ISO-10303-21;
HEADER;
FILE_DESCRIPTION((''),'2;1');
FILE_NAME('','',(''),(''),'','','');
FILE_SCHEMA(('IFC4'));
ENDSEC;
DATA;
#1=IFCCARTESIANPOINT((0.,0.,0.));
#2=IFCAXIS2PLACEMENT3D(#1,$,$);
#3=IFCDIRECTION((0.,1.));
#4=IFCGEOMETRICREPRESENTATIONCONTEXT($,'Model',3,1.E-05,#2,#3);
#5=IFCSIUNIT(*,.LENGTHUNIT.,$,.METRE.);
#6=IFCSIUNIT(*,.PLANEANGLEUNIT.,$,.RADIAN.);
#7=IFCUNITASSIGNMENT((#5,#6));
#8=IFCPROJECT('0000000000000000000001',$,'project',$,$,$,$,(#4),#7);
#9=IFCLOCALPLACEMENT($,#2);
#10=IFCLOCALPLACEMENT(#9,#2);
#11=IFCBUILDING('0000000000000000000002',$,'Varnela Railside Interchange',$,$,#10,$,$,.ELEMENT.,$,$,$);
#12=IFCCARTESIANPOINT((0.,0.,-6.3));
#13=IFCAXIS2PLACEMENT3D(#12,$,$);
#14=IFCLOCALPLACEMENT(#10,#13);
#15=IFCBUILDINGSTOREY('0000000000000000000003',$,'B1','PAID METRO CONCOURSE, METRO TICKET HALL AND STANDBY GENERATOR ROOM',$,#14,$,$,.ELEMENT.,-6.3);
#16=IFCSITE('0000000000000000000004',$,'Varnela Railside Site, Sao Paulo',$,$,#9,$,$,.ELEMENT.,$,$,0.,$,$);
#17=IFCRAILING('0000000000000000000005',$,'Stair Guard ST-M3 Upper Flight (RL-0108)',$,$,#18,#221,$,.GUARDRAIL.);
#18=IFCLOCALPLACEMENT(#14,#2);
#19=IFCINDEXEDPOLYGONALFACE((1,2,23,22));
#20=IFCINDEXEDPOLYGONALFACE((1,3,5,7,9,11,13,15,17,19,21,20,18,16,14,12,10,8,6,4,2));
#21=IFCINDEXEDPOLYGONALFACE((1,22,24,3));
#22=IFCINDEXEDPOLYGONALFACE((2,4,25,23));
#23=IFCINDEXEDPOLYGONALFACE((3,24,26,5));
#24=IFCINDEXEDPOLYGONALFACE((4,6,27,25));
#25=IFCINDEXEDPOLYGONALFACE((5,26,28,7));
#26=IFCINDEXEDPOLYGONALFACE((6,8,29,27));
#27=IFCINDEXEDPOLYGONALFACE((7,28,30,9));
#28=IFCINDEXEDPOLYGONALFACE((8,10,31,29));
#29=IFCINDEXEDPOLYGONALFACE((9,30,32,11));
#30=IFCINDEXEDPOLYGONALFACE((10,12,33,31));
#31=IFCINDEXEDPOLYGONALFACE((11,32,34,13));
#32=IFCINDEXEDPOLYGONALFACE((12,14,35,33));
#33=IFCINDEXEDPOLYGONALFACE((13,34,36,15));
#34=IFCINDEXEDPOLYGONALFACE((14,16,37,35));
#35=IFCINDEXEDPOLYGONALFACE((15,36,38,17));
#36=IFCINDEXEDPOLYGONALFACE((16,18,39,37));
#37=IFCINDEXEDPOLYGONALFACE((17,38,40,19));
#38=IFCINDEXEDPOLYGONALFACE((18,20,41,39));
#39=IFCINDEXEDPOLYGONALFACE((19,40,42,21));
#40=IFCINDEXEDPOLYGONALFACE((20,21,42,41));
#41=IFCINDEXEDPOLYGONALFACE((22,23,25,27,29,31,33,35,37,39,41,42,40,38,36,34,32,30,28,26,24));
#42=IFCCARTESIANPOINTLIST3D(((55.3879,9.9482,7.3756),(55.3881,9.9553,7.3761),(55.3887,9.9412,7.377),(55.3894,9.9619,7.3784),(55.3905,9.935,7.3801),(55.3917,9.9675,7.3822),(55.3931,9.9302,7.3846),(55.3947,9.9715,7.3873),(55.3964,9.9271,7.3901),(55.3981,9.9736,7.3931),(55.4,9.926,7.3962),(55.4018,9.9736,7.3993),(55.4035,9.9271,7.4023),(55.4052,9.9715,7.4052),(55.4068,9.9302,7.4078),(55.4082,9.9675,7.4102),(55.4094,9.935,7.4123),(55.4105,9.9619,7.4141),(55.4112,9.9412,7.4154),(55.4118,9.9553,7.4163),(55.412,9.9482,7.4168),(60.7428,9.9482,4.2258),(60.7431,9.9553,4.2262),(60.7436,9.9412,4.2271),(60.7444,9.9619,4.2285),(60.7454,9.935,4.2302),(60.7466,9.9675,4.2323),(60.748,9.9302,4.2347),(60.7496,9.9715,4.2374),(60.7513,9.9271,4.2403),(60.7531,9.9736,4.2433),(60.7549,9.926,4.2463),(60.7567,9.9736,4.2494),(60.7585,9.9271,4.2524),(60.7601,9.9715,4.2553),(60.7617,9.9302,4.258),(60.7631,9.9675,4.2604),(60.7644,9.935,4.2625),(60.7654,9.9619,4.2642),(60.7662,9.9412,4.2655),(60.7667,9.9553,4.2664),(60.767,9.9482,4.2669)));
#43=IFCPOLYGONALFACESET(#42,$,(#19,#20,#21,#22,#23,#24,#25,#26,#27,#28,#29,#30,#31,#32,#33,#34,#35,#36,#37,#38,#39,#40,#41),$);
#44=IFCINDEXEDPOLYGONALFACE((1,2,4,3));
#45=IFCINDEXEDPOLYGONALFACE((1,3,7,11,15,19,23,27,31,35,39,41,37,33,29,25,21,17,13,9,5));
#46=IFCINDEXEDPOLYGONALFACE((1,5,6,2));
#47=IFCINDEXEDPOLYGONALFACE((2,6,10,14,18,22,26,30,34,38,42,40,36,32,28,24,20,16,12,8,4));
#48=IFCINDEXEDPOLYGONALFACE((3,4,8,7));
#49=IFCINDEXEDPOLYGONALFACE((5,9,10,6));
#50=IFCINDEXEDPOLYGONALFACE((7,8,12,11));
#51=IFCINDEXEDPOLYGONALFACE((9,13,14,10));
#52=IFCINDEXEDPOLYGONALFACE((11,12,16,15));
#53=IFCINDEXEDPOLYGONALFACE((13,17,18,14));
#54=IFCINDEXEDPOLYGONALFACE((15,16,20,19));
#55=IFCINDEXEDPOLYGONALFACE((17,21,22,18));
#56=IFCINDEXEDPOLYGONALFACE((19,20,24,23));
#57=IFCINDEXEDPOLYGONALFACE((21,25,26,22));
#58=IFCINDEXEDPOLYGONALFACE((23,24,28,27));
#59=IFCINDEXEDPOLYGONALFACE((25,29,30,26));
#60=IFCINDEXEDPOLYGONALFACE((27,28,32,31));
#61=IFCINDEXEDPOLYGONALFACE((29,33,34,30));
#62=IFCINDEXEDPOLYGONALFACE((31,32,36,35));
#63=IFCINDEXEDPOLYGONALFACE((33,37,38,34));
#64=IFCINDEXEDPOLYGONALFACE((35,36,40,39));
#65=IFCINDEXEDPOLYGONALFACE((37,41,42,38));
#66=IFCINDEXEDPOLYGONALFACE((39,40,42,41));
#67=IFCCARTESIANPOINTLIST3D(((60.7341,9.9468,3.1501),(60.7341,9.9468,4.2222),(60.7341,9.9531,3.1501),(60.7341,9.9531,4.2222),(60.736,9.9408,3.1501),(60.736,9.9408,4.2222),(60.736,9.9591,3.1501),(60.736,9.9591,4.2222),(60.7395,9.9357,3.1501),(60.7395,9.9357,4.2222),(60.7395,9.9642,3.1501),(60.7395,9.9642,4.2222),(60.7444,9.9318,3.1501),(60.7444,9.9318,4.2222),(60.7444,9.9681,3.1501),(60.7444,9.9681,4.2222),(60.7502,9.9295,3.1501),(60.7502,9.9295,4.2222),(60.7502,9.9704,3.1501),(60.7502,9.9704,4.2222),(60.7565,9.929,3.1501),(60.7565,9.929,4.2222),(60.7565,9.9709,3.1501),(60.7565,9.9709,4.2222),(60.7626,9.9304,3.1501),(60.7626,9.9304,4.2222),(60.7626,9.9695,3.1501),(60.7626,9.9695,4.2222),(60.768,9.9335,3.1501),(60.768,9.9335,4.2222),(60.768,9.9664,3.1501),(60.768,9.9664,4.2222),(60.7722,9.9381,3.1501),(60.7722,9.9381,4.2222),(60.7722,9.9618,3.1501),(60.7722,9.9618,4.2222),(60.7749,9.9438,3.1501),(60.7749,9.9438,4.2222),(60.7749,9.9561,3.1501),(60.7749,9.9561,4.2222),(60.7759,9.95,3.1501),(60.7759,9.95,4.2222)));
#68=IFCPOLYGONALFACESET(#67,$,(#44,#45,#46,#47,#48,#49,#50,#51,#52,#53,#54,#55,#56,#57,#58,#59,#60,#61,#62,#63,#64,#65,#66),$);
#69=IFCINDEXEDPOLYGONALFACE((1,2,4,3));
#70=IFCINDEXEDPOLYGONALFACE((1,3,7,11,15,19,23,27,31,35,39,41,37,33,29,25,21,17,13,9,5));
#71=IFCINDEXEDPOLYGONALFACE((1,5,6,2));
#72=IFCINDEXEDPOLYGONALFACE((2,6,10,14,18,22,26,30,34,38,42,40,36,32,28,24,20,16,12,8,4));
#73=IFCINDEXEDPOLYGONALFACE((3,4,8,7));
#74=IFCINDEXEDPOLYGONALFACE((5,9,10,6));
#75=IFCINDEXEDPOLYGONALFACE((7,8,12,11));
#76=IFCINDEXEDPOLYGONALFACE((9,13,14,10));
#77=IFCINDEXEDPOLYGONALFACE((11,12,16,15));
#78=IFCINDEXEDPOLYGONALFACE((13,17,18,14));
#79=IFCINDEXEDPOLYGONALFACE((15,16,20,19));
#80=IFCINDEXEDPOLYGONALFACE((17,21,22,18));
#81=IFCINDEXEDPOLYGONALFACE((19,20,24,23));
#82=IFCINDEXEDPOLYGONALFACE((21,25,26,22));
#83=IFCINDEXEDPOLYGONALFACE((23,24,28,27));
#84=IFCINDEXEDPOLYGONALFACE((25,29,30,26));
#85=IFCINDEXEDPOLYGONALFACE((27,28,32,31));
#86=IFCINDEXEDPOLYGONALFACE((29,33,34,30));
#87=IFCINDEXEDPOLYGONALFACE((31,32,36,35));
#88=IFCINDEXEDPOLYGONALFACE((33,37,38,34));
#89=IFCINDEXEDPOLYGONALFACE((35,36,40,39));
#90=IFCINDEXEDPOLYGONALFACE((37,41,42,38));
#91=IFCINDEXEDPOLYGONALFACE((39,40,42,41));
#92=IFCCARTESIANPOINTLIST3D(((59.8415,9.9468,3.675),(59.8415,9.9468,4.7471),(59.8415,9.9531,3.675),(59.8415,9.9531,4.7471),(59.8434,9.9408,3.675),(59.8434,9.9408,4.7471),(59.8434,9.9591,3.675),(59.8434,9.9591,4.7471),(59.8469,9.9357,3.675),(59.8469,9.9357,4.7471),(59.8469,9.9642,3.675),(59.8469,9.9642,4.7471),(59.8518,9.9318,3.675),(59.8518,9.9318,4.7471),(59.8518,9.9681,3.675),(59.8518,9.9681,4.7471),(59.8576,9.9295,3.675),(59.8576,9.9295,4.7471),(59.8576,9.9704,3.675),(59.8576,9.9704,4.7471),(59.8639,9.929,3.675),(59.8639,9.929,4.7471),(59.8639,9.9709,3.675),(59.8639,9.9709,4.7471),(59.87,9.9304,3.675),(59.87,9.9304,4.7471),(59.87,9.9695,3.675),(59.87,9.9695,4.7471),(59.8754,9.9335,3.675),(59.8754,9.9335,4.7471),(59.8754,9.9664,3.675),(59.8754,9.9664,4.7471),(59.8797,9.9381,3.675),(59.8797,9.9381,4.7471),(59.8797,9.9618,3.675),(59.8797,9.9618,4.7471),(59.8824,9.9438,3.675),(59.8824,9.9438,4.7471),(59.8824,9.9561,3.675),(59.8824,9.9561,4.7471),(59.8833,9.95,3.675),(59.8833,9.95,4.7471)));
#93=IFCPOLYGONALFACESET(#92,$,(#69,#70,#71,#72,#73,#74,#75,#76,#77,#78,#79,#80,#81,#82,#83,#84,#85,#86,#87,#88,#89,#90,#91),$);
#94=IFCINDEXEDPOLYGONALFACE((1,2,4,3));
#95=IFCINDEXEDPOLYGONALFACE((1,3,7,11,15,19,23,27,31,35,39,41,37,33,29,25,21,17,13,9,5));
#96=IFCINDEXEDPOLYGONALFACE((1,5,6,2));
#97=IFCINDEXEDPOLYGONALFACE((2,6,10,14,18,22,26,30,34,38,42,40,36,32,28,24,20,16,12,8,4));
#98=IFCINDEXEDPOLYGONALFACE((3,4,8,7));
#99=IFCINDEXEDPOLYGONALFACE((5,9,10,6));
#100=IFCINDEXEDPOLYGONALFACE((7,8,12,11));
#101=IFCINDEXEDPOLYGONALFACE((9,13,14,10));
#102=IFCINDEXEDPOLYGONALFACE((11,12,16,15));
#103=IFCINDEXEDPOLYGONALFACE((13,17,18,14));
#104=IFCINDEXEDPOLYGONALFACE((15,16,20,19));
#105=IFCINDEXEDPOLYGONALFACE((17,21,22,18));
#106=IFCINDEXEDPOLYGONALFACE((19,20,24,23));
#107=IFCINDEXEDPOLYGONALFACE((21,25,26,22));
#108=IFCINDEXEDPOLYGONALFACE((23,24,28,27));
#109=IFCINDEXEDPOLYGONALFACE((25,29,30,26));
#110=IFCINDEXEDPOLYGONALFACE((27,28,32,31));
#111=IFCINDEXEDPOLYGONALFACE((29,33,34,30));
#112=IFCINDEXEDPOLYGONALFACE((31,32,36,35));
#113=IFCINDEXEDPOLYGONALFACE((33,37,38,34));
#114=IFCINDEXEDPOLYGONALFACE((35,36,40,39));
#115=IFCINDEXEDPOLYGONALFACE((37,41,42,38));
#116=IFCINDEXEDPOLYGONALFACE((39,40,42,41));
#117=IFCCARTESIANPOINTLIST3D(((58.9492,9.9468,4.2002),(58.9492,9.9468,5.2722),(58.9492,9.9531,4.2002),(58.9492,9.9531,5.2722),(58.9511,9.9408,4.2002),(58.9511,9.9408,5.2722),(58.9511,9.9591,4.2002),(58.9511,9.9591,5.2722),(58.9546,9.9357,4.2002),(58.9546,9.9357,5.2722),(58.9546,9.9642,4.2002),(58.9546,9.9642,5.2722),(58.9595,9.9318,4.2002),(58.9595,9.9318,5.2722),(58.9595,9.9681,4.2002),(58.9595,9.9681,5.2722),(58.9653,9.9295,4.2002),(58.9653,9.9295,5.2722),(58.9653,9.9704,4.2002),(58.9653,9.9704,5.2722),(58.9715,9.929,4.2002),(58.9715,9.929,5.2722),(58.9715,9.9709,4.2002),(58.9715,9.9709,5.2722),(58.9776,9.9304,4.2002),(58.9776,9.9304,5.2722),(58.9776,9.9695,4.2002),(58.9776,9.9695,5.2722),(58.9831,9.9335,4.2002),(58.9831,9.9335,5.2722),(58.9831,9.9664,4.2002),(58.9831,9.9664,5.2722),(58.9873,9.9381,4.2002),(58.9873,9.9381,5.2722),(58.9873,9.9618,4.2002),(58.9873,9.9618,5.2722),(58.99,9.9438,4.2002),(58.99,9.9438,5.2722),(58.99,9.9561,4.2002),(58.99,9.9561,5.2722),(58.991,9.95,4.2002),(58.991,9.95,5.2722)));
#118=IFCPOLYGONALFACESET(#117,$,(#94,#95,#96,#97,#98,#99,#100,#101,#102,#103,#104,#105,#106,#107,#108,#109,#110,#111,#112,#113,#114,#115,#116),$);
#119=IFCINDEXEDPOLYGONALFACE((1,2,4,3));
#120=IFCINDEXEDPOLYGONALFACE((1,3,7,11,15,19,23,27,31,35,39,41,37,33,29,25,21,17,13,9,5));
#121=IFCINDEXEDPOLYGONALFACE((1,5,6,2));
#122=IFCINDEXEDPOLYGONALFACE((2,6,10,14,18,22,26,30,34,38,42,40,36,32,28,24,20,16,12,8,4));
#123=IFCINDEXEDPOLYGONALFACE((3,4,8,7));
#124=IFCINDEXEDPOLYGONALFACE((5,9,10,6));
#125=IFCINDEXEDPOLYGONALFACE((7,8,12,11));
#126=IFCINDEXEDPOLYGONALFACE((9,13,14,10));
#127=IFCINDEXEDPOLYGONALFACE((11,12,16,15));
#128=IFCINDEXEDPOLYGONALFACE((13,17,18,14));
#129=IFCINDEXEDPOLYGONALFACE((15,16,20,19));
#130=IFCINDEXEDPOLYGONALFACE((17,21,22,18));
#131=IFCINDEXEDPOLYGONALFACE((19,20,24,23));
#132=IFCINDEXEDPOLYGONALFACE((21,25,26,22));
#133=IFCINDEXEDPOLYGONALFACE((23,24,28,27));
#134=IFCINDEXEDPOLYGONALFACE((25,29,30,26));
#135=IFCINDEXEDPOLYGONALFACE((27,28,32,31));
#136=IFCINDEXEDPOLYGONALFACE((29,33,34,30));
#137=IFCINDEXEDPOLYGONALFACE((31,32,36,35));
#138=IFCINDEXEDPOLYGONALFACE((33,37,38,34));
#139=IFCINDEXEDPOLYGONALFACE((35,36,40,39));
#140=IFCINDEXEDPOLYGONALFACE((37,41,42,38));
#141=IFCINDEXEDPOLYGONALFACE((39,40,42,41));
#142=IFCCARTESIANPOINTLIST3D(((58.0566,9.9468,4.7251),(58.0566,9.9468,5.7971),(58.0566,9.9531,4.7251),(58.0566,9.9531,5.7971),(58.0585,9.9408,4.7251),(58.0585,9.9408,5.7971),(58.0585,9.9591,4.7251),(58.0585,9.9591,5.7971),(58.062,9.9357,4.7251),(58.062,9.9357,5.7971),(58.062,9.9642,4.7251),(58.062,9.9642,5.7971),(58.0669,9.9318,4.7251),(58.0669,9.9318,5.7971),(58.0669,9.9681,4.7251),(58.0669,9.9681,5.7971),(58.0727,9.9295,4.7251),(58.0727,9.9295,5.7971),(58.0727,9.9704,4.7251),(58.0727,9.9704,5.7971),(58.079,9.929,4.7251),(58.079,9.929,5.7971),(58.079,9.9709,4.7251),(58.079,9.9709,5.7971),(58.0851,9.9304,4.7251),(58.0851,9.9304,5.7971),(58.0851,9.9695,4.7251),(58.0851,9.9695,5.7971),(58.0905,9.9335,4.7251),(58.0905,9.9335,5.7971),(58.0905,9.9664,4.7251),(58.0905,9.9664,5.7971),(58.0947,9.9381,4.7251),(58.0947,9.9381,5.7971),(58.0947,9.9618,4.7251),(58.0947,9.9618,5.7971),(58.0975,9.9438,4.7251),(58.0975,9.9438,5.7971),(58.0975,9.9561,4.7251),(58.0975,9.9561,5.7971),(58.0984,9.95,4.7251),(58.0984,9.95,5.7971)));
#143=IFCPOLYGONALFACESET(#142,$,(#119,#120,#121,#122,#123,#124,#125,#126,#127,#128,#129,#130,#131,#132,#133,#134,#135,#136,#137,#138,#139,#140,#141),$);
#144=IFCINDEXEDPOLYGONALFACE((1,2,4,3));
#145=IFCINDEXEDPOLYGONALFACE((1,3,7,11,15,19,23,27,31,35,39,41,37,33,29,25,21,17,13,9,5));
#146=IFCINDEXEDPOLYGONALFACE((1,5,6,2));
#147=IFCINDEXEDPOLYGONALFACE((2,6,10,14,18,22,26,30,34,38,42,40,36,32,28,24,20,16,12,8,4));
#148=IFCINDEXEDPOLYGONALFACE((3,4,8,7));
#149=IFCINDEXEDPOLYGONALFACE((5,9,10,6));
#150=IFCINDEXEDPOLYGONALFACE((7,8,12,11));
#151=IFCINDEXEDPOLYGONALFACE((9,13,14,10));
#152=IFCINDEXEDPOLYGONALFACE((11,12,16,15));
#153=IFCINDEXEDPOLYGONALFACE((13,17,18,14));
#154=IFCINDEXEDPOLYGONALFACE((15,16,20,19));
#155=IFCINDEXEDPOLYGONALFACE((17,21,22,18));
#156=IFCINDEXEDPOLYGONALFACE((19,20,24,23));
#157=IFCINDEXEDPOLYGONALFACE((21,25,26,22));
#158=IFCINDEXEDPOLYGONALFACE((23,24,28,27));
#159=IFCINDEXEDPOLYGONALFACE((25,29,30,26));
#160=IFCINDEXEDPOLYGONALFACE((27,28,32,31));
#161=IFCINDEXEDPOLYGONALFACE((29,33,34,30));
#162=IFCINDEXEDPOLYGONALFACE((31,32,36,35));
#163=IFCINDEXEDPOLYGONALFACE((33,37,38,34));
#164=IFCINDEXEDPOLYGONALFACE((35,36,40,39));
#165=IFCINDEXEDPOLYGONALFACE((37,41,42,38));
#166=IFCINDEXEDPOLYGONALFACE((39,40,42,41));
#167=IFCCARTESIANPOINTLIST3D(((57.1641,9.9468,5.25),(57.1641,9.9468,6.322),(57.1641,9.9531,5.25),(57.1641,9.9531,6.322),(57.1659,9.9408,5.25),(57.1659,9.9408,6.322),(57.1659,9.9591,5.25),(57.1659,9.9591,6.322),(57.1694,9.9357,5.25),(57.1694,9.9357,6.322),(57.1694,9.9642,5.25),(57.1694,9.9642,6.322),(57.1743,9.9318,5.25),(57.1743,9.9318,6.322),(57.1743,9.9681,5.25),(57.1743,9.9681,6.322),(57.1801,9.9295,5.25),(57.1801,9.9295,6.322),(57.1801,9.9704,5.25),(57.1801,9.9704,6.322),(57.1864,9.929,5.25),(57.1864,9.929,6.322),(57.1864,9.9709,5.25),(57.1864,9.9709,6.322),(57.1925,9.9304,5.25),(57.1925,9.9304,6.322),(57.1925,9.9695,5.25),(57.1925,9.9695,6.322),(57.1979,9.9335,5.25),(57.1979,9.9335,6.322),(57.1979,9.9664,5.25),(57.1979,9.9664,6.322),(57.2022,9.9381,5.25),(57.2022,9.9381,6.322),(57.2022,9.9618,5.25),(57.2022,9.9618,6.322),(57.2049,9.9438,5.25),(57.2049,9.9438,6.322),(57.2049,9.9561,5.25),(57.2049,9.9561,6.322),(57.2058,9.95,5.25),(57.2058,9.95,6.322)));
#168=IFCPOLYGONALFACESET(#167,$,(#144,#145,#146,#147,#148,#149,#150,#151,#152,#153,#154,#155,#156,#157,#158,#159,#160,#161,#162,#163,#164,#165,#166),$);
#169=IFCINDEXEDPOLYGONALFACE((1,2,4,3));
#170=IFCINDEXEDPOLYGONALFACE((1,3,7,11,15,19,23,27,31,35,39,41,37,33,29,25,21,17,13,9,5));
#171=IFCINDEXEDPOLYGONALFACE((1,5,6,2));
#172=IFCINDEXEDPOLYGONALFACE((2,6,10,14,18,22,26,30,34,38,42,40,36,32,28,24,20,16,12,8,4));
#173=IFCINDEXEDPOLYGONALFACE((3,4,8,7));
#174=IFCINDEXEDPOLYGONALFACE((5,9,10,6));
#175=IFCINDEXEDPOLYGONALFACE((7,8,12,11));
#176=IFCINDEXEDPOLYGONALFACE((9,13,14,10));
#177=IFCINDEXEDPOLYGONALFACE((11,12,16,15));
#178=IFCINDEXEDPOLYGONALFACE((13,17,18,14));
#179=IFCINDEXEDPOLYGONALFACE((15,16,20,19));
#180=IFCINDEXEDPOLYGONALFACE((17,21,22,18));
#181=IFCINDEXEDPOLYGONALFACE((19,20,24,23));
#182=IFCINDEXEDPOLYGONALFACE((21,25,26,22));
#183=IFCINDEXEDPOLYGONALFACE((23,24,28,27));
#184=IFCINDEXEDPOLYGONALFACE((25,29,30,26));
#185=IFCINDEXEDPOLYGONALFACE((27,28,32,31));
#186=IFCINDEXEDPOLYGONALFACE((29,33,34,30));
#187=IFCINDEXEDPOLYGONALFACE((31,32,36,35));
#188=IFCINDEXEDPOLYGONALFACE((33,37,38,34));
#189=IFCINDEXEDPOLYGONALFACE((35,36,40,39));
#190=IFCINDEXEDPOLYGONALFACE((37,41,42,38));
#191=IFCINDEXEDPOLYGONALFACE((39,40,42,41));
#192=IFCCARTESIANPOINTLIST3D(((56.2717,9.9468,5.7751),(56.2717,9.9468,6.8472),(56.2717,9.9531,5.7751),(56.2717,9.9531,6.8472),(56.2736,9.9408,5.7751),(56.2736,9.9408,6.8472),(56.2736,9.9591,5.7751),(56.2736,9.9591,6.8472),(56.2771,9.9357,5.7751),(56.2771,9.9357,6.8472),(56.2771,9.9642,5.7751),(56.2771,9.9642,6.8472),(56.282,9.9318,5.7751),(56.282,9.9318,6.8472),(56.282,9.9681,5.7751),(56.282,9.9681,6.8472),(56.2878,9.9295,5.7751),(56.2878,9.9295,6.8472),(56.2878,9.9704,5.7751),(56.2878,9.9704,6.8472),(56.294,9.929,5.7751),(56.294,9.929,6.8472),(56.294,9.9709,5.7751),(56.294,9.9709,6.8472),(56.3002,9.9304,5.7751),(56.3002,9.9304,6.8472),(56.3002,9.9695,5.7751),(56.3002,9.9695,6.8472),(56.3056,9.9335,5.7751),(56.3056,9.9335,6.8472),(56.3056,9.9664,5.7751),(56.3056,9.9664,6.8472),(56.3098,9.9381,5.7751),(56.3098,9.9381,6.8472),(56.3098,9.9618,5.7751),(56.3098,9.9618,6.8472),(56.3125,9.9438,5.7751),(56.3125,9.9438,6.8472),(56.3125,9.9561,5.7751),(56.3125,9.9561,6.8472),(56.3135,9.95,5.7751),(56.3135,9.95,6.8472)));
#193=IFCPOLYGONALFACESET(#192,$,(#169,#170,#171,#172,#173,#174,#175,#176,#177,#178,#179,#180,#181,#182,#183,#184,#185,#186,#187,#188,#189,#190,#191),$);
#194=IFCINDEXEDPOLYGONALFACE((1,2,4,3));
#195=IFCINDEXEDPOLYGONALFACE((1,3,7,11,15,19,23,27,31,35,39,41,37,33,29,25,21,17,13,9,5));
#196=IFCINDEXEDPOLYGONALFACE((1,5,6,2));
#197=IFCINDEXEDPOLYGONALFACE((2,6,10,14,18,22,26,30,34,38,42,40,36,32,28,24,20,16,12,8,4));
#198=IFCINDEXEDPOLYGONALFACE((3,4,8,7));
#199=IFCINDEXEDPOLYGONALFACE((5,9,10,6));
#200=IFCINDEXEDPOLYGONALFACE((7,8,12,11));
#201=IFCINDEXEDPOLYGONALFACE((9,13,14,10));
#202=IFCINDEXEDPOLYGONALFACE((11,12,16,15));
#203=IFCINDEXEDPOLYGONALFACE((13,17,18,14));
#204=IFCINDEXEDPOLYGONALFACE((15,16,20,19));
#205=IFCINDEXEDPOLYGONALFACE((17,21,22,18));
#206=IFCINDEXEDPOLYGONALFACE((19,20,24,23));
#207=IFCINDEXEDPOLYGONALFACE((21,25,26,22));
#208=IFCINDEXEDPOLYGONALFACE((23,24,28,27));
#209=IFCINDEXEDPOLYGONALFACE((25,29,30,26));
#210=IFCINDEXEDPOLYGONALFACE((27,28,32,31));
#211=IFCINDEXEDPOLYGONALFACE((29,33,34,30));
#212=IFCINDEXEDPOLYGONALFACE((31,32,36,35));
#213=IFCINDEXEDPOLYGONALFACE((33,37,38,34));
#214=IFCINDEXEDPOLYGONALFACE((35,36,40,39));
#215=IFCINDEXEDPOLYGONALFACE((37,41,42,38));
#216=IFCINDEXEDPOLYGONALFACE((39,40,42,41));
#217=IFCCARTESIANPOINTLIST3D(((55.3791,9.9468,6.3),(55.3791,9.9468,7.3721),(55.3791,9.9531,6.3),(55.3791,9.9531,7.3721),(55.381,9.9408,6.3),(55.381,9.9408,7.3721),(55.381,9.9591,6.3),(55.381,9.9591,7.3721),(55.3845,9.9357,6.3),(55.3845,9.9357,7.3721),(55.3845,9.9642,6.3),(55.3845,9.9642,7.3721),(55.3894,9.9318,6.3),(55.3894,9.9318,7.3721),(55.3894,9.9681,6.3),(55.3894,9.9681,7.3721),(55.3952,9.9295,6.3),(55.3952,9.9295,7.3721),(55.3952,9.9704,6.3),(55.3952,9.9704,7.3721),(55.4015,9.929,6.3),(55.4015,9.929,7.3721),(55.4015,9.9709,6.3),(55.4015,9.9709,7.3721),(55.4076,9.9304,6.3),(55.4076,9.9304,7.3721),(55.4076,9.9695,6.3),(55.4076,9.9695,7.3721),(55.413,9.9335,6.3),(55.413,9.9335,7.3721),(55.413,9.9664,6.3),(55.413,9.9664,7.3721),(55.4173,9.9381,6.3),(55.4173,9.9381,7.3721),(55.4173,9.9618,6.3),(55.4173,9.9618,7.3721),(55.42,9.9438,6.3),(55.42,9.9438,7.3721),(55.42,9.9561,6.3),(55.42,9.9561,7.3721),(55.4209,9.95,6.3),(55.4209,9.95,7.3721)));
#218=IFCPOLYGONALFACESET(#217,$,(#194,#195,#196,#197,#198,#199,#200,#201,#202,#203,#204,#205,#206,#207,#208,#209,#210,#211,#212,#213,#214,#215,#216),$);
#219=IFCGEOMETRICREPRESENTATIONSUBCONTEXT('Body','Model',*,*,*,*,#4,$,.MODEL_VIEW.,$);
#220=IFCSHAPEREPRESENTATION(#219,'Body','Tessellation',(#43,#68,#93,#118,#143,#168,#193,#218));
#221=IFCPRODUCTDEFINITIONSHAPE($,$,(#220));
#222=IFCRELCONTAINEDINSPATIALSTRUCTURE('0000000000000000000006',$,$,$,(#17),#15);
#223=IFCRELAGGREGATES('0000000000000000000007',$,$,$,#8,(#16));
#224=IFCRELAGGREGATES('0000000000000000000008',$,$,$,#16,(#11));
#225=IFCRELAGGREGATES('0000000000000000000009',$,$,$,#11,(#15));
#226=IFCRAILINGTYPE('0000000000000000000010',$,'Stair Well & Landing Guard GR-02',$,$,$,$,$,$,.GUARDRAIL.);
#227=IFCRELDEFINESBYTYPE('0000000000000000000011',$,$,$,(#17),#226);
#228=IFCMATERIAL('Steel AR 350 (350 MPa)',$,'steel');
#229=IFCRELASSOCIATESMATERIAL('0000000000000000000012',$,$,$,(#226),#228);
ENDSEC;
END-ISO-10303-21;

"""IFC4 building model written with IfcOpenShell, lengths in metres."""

from ifc_helpers import new_model, si_unit, direction, frame, origin, origin_2d, place, context, subcontext, project, spatial, circle, extrude, material, type_object, element, save


model = new_model("IFC4")

# Units and contexts
model_context = context("Model", 3, precision=1e-05, world=origin(), true_north=direction((0.0, 1.0)))
body_context = subcontext(model_context, "Body", "Model", "MODEL_VIEW")
ifc_project = project(units=[si_unit("LENGTHUNIT", "METRE"), si_unit("PLANEANGLEUNIT", "RADIAN")], contexts=[model_context])

# Site, building, storey
site_placement = place(None, origin())
site = spatial("IfcSite", under=ifc_project, at=site_placement, Name="Varnela Railside Site, Sao Paulo", CompositionType="ELEMENT", RefElevation=0.0)
building_placement = place(site_placement, origin())
building = spatial("IfcBuilding", under=site, at=building_placement, Name="Varnela Railside Interchange", CompositionType="ELEMENT")
storey_placement = place(building_placement, frame((0.0, 0.0, -6.3)))
storey = spatial("IfcBuildingStorey", under=building, at=storey_placement, Name="B1", Description="PAID METRO CONCOURSE, METRO TICKET HALL AND STANDBY GENERATOR ROOM", CompositionType="ELEMENT", Elevation=-6.3)

# Railing
ifc_material_1 = material(Name="Steel AR 350 (350 MPa)", Category="steel")
railing_type_1 = type_object("IfcRailingType", Name="Stair Well & Landing Guard GR-02", PredefinedType="GUARDRAIL", material=ifc_material_1)
railing_1_placement = place(storey_placement, frame((60.7549, 9.95, 3.1501)))
element("IfcRailing", 1, at=railing_1_placement, inside=storey, type_object=railing_type_1, Name="Stair Guard ST-M3 Upper Flight (RL-0108)", PredefinedType="GUARDRAIL", context=body_context, shape_type="SweptSolid", body=[
    extrude(circle(Radius=0.0239, at=origin_2d()), frame((0.0, 0.0, 1.0962), z_axis=(-0.86194, 0.0, 0.50701), x_axis=(0.0, -1.0, 0.0)), (0.0, 0.0, 1.0), 6.2126),
    extrude(circle(Radius=0.021, at=origin_2d()), origin(), (0.0, 0.0, 1.0), 1.072),
    extrude(circle(Radius=0.021, at=origin_2d()), frame((-0.8926, 0.0, 0.5249)), (0.0, 0.0, 1.0), 1.072),
    extrude(circle(Radius=0.021, at=origin_2d()), frame((-1.7849, 0.0, 1.05)), (0.0, 0.0, 1.0), 1.072),
    extrude(circle(Radius=0.021, at=origin_2d()), frame((-2.6775, 0.0, 1.575)), (0.0, 0.0, 1.0), 1.072),
    extrude(circle(Radius=0.021, at=origin_2d()), frame((-3.5701, 0.0, 2.0999)), (0.0, 0.0, 1.0), 1.072),
    extrude(circle(Radius=0.021, at=origin_2d()), frame((-4.4624, 0.0, 2.625)), (0.0, 0.0, 1.0), 1.072),
    extrude(circle(Radius=0.021, at=origin_2d()), frame((-5.355, 0.0, 3.1499)), (0.0, 0.0, 1.0), 1.072),
])

save(model, "model.ifc")
